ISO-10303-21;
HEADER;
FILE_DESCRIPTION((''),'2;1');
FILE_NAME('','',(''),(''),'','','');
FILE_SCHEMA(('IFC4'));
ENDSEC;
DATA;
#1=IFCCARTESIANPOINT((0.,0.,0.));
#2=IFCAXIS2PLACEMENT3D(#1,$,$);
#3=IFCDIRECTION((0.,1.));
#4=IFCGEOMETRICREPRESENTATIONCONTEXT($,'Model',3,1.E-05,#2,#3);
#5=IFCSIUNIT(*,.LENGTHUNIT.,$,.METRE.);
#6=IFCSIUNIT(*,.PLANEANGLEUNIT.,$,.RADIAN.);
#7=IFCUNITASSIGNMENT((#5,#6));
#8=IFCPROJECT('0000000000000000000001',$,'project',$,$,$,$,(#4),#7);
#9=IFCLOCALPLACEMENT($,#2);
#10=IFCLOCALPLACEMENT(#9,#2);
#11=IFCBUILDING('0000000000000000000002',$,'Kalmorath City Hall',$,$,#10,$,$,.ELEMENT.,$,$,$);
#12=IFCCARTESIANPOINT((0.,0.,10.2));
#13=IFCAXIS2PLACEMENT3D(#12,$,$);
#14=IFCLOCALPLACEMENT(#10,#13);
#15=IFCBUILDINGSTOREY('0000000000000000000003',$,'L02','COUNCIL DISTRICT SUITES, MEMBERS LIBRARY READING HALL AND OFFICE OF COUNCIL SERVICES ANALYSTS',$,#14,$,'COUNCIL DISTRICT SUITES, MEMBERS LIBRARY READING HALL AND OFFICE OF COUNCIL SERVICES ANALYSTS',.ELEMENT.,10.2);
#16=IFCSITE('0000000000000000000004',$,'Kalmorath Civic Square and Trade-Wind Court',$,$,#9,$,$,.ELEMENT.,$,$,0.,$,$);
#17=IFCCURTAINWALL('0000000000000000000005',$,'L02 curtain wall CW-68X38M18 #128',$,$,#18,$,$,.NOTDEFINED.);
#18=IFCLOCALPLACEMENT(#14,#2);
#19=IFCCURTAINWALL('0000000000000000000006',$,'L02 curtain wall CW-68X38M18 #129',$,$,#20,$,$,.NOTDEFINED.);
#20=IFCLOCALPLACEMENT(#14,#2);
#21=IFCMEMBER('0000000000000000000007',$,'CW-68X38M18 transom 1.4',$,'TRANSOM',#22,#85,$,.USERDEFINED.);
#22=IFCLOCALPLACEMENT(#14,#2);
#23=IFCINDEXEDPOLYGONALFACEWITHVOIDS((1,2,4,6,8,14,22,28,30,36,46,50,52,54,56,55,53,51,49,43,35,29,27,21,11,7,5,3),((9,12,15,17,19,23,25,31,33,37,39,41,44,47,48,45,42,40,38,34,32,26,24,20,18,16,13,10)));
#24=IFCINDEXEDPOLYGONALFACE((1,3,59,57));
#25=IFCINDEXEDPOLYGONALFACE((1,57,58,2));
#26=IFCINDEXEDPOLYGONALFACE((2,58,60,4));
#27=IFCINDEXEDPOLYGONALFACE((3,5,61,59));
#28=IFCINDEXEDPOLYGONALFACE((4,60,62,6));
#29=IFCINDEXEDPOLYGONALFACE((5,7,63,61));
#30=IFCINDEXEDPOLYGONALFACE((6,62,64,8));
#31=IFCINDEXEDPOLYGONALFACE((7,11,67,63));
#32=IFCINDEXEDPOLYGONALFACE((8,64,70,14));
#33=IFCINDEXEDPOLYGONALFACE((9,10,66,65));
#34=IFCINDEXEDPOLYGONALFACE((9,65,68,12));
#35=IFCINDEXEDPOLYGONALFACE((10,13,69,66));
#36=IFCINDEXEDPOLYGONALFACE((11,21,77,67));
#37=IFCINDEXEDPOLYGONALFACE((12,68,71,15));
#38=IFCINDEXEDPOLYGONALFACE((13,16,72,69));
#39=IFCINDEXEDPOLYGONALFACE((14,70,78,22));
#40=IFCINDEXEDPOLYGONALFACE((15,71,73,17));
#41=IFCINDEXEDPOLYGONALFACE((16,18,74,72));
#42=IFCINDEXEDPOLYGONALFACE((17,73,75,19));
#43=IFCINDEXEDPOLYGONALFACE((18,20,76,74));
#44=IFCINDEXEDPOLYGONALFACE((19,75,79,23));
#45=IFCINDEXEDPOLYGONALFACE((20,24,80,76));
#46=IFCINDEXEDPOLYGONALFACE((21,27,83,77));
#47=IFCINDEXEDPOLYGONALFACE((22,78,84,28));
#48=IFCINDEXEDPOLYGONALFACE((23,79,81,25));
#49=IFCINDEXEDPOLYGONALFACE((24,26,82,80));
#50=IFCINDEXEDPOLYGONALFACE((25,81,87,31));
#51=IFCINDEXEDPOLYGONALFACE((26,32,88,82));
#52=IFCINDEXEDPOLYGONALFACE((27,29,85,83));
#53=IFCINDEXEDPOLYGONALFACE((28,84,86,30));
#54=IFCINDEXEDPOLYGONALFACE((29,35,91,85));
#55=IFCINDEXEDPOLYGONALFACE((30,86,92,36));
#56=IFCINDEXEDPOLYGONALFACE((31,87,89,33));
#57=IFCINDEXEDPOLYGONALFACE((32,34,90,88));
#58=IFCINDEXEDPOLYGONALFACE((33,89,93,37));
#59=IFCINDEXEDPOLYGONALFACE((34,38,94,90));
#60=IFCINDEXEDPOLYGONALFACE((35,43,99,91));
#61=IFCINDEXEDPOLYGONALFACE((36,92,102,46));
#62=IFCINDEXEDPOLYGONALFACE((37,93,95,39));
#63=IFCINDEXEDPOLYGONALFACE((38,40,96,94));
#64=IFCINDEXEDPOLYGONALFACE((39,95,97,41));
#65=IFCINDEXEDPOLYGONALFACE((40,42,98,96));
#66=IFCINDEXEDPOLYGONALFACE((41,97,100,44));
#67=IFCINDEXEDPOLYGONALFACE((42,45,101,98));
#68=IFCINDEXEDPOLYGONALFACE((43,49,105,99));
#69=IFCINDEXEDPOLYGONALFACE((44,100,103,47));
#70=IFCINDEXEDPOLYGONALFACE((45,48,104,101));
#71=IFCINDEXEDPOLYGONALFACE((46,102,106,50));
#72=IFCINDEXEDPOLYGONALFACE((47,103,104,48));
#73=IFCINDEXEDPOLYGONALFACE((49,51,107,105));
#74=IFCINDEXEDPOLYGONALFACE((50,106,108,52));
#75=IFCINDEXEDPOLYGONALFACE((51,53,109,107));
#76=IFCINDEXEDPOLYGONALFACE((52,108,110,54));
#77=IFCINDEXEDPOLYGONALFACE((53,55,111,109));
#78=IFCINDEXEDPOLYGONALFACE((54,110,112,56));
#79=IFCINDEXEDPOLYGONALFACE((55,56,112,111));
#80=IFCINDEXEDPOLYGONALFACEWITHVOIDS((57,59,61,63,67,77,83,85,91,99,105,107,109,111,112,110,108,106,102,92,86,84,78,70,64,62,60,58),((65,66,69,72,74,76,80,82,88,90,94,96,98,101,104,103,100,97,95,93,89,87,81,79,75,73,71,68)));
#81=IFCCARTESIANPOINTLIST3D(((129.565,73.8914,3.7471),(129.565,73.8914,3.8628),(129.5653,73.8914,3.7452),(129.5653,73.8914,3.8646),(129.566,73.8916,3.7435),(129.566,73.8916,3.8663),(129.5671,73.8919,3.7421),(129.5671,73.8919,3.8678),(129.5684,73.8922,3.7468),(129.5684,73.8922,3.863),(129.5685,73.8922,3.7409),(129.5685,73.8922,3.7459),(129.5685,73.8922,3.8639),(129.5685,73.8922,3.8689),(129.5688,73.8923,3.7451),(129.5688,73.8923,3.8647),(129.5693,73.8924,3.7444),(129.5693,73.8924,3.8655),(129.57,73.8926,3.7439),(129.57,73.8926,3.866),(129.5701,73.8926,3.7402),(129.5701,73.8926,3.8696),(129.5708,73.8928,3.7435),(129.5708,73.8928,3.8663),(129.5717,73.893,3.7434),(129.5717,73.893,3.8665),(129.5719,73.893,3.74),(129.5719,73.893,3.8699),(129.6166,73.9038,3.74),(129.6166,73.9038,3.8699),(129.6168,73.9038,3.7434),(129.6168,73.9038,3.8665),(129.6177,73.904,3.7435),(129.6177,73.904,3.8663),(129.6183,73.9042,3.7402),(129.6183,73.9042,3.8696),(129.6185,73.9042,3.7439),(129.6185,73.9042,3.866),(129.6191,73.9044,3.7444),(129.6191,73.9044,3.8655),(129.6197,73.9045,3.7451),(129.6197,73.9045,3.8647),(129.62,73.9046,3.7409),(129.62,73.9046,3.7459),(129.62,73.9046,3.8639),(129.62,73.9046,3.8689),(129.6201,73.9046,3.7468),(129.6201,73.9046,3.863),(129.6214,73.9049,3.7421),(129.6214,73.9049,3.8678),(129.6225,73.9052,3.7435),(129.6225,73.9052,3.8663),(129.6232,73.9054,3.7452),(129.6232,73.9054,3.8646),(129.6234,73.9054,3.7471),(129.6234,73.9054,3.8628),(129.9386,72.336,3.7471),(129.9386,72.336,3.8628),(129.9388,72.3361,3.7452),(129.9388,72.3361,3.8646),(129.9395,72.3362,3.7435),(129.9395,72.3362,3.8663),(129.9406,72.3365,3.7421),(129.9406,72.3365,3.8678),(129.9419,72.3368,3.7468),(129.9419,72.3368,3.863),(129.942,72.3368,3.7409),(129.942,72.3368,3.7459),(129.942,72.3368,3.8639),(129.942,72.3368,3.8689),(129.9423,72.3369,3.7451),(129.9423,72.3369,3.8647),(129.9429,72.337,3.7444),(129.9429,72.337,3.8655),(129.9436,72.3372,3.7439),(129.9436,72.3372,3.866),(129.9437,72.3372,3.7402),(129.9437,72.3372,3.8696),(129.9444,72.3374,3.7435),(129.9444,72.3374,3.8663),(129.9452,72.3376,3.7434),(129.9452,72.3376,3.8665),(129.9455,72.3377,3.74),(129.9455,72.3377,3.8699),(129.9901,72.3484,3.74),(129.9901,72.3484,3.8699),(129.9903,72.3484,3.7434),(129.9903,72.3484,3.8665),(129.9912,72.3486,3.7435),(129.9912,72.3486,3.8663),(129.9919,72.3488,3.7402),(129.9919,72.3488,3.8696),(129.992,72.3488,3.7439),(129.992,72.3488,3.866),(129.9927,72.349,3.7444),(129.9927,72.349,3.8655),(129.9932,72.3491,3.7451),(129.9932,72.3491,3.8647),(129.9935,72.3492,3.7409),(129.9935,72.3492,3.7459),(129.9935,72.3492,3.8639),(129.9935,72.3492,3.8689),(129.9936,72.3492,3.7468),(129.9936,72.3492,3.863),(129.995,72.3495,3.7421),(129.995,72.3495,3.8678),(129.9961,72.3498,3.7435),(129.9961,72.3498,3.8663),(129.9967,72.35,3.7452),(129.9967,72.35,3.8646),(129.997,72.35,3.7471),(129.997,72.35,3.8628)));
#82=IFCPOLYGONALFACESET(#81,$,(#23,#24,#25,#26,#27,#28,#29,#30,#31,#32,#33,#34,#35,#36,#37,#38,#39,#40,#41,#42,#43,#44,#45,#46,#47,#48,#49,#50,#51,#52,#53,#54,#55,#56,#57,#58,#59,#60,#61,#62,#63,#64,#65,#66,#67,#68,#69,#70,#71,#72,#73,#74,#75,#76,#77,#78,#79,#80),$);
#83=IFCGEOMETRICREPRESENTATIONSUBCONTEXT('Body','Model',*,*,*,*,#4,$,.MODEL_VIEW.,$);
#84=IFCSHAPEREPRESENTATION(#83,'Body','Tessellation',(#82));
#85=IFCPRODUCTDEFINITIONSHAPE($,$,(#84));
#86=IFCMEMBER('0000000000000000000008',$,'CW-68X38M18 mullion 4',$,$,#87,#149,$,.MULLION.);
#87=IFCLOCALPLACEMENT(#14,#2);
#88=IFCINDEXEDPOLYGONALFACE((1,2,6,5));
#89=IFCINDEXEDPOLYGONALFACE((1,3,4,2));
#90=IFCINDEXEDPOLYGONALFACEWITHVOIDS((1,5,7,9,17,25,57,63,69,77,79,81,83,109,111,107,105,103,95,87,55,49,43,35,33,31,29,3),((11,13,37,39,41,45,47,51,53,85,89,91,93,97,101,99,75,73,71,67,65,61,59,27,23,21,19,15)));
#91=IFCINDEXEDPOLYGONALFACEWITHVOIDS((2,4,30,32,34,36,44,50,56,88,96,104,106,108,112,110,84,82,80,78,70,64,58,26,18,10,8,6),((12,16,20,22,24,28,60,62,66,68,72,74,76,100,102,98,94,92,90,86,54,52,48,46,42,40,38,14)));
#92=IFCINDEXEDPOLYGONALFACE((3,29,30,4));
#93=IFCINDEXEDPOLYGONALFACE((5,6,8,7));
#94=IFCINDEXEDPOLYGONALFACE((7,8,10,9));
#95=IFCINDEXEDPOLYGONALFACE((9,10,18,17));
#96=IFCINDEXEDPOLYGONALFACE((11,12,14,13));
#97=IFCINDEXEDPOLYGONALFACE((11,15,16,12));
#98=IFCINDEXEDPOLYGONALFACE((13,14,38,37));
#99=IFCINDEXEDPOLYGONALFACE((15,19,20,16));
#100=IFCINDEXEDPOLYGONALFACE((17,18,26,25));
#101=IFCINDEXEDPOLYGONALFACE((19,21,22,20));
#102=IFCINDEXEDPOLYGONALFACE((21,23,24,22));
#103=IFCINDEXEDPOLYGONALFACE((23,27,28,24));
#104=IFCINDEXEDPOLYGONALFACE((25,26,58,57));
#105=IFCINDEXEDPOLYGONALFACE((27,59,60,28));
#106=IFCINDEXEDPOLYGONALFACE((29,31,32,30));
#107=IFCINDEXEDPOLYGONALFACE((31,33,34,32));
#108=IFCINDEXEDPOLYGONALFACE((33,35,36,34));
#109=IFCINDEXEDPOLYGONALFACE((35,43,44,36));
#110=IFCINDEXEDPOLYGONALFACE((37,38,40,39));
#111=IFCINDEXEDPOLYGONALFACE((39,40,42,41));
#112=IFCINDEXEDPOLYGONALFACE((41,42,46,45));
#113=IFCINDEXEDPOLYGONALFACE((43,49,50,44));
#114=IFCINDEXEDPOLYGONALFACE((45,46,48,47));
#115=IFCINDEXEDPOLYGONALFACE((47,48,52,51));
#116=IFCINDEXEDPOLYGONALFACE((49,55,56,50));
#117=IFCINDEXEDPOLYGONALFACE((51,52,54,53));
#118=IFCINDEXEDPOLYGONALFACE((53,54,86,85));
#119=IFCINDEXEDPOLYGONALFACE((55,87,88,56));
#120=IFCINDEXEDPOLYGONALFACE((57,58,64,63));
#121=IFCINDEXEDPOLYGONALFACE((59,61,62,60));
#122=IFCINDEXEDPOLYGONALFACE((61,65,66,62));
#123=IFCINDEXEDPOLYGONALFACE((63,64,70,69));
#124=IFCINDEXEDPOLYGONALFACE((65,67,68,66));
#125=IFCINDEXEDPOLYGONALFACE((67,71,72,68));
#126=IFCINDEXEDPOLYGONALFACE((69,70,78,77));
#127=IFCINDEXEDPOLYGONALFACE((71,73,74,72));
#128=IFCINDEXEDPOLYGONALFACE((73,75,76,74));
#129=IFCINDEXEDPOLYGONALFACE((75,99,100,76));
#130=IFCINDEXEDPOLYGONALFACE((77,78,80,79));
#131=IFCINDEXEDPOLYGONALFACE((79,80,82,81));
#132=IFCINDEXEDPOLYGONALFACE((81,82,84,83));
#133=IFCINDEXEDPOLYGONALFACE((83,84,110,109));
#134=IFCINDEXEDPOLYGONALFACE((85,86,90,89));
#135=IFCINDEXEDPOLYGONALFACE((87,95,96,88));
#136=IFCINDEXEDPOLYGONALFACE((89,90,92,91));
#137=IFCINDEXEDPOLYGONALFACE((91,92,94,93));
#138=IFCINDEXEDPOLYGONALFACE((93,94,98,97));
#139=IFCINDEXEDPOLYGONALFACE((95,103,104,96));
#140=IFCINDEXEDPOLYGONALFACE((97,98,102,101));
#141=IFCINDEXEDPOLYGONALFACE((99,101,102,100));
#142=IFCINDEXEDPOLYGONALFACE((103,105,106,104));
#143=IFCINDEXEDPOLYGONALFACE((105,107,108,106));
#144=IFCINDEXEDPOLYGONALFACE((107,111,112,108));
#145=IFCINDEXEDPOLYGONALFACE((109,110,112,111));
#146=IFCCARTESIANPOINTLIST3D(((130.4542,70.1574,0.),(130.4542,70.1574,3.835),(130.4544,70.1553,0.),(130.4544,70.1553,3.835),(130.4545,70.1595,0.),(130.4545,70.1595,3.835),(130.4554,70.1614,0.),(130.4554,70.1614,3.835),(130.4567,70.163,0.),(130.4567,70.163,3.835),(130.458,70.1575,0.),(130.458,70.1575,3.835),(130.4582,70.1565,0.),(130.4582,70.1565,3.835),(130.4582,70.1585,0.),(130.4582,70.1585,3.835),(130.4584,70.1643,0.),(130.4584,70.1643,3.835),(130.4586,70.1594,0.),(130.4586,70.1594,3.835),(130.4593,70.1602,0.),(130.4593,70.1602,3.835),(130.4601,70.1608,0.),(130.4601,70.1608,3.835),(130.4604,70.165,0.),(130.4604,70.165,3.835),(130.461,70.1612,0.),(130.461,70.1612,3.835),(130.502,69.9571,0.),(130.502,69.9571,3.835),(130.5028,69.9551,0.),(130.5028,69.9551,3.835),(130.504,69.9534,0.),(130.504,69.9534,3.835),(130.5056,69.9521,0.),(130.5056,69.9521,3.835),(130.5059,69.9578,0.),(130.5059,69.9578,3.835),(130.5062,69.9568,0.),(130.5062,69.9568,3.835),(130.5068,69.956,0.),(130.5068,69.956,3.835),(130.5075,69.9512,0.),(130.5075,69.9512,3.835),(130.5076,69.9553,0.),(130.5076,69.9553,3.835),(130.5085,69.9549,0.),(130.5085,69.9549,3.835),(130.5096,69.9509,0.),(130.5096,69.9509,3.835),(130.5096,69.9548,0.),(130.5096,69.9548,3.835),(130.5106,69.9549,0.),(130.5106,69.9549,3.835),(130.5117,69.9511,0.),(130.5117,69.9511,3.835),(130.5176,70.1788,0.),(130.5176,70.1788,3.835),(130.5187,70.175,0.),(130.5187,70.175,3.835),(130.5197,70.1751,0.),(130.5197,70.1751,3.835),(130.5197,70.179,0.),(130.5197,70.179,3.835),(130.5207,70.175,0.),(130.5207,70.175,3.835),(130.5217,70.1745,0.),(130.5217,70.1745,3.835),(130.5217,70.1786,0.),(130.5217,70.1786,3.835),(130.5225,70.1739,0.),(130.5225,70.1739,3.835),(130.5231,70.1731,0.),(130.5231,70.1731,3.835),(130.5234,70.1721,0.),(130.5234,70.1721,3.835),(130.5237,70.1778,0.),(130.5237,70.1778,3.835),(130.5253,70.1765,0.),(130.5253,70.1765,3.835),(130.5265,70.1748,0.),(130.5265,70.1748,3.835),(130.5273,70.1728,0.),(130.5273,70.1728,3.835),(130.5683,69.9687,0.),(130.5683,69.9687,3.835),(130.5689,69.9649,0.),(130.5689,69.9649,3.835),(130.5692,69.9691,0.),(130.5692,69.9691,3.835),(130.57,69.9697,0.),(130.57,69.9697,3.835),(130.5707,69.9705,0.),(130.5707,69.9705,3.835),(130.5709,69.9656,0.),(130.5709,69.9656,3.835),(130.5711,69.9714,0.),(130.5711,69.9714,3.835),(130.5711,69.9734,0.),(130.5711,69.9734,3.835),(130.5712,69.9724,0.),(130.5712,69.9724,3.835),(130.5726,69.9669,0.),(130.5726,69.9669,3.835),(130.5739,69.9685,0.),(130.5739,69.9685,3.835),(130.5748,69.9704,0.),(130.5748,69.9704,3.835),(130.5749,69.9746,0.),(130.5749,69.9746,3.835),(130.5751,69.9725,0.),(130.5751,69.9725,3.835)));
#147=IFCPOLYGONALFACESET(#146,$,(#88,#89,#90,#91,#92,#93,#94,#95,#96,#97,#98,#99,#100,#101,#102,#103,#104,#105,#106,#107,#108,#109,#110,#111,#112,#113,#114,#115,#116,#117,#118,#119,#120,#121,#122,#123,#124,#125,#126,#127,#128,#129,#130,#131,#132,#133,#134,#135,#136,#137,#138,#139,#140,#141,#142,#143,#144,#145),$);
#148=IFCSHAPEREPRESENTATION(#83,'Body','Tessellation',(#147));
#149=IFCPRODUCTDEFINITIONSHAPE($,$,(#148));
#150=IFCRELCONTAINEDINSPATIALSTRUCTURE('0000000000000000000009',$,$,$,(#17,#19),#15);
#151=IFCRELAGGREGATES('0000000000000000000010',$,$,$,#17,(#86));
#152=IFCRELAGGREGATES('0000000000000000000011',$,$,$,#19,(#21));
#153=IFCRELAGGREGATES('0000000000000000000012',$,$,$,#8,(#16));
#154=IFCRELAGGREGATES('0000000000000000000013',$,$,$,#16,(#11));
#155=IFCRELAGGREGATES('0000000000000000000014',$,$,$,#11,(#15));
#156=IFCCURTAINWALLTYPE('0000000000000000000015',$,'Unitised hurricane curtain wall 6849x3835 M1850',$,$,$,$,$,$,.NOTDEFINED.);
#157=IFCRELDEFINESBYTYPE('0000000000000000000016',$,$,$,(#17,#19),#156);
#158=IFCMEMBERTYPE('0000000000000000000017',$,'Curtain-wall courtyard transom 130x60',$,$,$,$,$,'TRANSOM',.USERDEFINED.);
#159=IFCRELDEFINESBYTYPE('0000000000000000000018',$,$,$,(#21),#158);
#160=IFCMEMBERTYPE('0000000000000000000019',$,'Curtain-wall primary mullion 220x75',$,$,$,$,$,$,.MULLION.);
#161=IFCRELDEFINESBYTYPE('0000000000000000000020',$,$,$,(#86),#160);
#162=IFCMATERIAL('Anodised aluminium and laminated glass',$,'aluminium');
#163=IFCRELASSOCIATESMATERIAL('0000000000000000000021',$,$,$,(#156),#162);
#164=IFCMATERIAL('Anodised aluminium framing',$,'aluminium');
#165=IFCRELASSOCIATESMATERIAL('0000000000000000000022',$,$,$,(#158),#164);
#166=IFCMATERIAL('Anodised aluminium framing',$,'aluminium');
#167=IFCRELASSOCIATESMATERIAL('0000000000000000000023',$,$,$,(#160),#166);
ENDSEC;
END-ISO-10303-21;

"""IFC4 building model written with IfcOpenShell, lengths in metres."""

from ifc_helpers import new_model, si_unit, direction, frame, origin, origin_2d, place, context, subcontext, project, spatial, hollow_rectangle, extrude, material, material_profile, profile_set, type_object, element, aggregate, save


model = new_model("IFC4")

# Units and contexts
model_context = context("Model", 3, precision=1e-05, world=origin(), true_north=direction((0.0, 1.0)))
body_context = subcontext(model_context, "Body", "Model", "MODEL_VIEW")
ifc_project = project(units=[si_unit("LENGTHUNIT", "METRE"), si_unit("PLANEANGLEUNIT", "RADIAN")], contexts=[model_context])

# Site, building, storey
site_placement = place(None, origin())
site = spatial("IfcSite", under=ifc_project, at=site_placement, Name="Kalmorath Civic Square and Trade-Wind Court", CompositionType="ELEMENT", RefElevation=0.0)
building_placement = place(site_placement, origin())
building = spatial("IfcBuilding", under=site, at=building_placement, Name="Kalmorath City Hall", CompositionType="ELEMENT")
storey_placement = place(building_placement, frame((0.0, 0.0, 10.2)))
storey = spatial("IfcBuildingStorey", under=building, at=storey_placement, Name="L02", Description="COUNCIL DISTRICT SUITES, MEMBERS LIBRARY READING HALL AND OFFICE OF COUNCIL SERVICES ANALYSTS", LongName="COUNCIL DISTRICT SUITES, MEMBERS LIBRARY READING HALL AND OFFICE OF COUNCIL SERVICES ANALYSTS", CompositionType="ELEMENT", Elevation=10.2)

# Curtain walls, member
ifc_material_1 = material(Name="Anodised aluminium and laminated glass", Category="aluminium")
curtain_wall_type = type_object("IfcCurtainWallType", Name="Unitised hurricane curtain wall 6849x3835 M1850", PredefinedType="NOTDEFINED", material=ifc_material_1)
curtain_wall_1_placement = place(storey_placement, origin())
curtain_wall_1 = element("IfcCurtainWall", 1, at=curtain_wall_1_placement, inside=storey, type_object=curtain_wall_type, Name="L02 curtain wall CW-68X38M18 #128", PredefinedType="NOTDEFINED")
ifc_material_2 = material(Name="Anodised aluminium framing", Category="aluminium")
ifc_material_profile_1 = material_profile(ifc_material_2, hollow_rectangle(XDim=0.0601, YDim=0.1299, WallThickness=0.0034, InnerFilletRadius=0.0034, OuterFilletRadius=0.0071, at=origin_2d()), Name="ALU-TRN-130X60X3.5")
ifc_profile_set_1 = profile_set([ifc_material_profile_1], Name="Anodised aluminium framing")
member_type_1 = type_object("IfcMemberType", Name="Curtain-wall courtyard transom 130x60", ElementType="TRANSOM", PredefinedType="USERDEFINED", material=ifc_profile_set_1)
curtain_wall_2_placement = place(storey_placement, origin())
curtain_wall_2 = element("IfcCurtainWall", 2, at=curtain_wall_2_placement, inside=storey, type_object=curtain_wall_type, Name="L02 curtain wall CW-68X38M18 #129", PredefinedType="NOTDEFINED")
member_1_placement = place(storey_placement, frame((129.9678, 72.343, 3.8049), z_axis=(-0.233511, 0.972354, 0.0), x_axis=(-0.972354, -0.233511, 0.0)))
member_1 = element("IfcMember", 3, at=member_1_placement, type_object=member_type_1, Name="CW-68X38M18 transom 1.4", ObjectType="TRANSOM", PredefinedType="USERDEFINED", context=body_context, shape_type="SweptSolid", body=[
    extrude(hollow_rectangle(XDim=0.0601, YDim=0.1299, WallThickness=0.0034, InnerFilletRadius=0.0034, OuterFilletRadius=0.0071, at=origin_2d()), origin(), (0.0, 0.0, 1.0), 1.5996),
])

# Member
ifc_material_3 = material(Name="Anodised aluminium framing", Category="aluminium")
ifc_material_profile_2 = material_profile(ifc_material_3, hollow_rectangle(XDim=0.075, YDim=0.22, WallThickness=0.0039, InnerFilletRadius=0.0039, OuterFilletRadius=0.0081, at=origin_2d()), Name="ALU-MUL-220X75X4")
ifc_profile_set_2 = profile_set([ifc_material_profile_2], Name="Anodised aluminium framing")
member_type_2 = type_object("IfcMemberType", Name="Curtain-wall primary mullion 220x75", PredefinedType="MULLION", material=ifc_profile_set_2)
member_2_placement = place(storey_placement, frame((130.5146, 70.0649, 0.0), z_axis=(0.0, 0.0, 1.0), x_axis=(-0.972371, -0.233442, 0.0)))
member_2 = element("IfcMember", 4, at=member_2_placement, type_object=member_type_2, Name="CW-68X38M18 mullion 4", PredefinedType="MULLION", context=body_context, shape_type="SweptSolid", body=[
    extrude(hollow_rectangle(XDim=0.075, YDim=0.22, WallThickness=0.0039, InnerFilletRadius=0.0039, OuterFilletRadius=0.0081, at=origin_2d()), origin(), (0.0, 0.0, 1.0), 3.835),
])

aggregate(curtain_wall_1, [member_2])
aggregate(curtain_wall_2, [member_1])

save(model, "model.ifc")
